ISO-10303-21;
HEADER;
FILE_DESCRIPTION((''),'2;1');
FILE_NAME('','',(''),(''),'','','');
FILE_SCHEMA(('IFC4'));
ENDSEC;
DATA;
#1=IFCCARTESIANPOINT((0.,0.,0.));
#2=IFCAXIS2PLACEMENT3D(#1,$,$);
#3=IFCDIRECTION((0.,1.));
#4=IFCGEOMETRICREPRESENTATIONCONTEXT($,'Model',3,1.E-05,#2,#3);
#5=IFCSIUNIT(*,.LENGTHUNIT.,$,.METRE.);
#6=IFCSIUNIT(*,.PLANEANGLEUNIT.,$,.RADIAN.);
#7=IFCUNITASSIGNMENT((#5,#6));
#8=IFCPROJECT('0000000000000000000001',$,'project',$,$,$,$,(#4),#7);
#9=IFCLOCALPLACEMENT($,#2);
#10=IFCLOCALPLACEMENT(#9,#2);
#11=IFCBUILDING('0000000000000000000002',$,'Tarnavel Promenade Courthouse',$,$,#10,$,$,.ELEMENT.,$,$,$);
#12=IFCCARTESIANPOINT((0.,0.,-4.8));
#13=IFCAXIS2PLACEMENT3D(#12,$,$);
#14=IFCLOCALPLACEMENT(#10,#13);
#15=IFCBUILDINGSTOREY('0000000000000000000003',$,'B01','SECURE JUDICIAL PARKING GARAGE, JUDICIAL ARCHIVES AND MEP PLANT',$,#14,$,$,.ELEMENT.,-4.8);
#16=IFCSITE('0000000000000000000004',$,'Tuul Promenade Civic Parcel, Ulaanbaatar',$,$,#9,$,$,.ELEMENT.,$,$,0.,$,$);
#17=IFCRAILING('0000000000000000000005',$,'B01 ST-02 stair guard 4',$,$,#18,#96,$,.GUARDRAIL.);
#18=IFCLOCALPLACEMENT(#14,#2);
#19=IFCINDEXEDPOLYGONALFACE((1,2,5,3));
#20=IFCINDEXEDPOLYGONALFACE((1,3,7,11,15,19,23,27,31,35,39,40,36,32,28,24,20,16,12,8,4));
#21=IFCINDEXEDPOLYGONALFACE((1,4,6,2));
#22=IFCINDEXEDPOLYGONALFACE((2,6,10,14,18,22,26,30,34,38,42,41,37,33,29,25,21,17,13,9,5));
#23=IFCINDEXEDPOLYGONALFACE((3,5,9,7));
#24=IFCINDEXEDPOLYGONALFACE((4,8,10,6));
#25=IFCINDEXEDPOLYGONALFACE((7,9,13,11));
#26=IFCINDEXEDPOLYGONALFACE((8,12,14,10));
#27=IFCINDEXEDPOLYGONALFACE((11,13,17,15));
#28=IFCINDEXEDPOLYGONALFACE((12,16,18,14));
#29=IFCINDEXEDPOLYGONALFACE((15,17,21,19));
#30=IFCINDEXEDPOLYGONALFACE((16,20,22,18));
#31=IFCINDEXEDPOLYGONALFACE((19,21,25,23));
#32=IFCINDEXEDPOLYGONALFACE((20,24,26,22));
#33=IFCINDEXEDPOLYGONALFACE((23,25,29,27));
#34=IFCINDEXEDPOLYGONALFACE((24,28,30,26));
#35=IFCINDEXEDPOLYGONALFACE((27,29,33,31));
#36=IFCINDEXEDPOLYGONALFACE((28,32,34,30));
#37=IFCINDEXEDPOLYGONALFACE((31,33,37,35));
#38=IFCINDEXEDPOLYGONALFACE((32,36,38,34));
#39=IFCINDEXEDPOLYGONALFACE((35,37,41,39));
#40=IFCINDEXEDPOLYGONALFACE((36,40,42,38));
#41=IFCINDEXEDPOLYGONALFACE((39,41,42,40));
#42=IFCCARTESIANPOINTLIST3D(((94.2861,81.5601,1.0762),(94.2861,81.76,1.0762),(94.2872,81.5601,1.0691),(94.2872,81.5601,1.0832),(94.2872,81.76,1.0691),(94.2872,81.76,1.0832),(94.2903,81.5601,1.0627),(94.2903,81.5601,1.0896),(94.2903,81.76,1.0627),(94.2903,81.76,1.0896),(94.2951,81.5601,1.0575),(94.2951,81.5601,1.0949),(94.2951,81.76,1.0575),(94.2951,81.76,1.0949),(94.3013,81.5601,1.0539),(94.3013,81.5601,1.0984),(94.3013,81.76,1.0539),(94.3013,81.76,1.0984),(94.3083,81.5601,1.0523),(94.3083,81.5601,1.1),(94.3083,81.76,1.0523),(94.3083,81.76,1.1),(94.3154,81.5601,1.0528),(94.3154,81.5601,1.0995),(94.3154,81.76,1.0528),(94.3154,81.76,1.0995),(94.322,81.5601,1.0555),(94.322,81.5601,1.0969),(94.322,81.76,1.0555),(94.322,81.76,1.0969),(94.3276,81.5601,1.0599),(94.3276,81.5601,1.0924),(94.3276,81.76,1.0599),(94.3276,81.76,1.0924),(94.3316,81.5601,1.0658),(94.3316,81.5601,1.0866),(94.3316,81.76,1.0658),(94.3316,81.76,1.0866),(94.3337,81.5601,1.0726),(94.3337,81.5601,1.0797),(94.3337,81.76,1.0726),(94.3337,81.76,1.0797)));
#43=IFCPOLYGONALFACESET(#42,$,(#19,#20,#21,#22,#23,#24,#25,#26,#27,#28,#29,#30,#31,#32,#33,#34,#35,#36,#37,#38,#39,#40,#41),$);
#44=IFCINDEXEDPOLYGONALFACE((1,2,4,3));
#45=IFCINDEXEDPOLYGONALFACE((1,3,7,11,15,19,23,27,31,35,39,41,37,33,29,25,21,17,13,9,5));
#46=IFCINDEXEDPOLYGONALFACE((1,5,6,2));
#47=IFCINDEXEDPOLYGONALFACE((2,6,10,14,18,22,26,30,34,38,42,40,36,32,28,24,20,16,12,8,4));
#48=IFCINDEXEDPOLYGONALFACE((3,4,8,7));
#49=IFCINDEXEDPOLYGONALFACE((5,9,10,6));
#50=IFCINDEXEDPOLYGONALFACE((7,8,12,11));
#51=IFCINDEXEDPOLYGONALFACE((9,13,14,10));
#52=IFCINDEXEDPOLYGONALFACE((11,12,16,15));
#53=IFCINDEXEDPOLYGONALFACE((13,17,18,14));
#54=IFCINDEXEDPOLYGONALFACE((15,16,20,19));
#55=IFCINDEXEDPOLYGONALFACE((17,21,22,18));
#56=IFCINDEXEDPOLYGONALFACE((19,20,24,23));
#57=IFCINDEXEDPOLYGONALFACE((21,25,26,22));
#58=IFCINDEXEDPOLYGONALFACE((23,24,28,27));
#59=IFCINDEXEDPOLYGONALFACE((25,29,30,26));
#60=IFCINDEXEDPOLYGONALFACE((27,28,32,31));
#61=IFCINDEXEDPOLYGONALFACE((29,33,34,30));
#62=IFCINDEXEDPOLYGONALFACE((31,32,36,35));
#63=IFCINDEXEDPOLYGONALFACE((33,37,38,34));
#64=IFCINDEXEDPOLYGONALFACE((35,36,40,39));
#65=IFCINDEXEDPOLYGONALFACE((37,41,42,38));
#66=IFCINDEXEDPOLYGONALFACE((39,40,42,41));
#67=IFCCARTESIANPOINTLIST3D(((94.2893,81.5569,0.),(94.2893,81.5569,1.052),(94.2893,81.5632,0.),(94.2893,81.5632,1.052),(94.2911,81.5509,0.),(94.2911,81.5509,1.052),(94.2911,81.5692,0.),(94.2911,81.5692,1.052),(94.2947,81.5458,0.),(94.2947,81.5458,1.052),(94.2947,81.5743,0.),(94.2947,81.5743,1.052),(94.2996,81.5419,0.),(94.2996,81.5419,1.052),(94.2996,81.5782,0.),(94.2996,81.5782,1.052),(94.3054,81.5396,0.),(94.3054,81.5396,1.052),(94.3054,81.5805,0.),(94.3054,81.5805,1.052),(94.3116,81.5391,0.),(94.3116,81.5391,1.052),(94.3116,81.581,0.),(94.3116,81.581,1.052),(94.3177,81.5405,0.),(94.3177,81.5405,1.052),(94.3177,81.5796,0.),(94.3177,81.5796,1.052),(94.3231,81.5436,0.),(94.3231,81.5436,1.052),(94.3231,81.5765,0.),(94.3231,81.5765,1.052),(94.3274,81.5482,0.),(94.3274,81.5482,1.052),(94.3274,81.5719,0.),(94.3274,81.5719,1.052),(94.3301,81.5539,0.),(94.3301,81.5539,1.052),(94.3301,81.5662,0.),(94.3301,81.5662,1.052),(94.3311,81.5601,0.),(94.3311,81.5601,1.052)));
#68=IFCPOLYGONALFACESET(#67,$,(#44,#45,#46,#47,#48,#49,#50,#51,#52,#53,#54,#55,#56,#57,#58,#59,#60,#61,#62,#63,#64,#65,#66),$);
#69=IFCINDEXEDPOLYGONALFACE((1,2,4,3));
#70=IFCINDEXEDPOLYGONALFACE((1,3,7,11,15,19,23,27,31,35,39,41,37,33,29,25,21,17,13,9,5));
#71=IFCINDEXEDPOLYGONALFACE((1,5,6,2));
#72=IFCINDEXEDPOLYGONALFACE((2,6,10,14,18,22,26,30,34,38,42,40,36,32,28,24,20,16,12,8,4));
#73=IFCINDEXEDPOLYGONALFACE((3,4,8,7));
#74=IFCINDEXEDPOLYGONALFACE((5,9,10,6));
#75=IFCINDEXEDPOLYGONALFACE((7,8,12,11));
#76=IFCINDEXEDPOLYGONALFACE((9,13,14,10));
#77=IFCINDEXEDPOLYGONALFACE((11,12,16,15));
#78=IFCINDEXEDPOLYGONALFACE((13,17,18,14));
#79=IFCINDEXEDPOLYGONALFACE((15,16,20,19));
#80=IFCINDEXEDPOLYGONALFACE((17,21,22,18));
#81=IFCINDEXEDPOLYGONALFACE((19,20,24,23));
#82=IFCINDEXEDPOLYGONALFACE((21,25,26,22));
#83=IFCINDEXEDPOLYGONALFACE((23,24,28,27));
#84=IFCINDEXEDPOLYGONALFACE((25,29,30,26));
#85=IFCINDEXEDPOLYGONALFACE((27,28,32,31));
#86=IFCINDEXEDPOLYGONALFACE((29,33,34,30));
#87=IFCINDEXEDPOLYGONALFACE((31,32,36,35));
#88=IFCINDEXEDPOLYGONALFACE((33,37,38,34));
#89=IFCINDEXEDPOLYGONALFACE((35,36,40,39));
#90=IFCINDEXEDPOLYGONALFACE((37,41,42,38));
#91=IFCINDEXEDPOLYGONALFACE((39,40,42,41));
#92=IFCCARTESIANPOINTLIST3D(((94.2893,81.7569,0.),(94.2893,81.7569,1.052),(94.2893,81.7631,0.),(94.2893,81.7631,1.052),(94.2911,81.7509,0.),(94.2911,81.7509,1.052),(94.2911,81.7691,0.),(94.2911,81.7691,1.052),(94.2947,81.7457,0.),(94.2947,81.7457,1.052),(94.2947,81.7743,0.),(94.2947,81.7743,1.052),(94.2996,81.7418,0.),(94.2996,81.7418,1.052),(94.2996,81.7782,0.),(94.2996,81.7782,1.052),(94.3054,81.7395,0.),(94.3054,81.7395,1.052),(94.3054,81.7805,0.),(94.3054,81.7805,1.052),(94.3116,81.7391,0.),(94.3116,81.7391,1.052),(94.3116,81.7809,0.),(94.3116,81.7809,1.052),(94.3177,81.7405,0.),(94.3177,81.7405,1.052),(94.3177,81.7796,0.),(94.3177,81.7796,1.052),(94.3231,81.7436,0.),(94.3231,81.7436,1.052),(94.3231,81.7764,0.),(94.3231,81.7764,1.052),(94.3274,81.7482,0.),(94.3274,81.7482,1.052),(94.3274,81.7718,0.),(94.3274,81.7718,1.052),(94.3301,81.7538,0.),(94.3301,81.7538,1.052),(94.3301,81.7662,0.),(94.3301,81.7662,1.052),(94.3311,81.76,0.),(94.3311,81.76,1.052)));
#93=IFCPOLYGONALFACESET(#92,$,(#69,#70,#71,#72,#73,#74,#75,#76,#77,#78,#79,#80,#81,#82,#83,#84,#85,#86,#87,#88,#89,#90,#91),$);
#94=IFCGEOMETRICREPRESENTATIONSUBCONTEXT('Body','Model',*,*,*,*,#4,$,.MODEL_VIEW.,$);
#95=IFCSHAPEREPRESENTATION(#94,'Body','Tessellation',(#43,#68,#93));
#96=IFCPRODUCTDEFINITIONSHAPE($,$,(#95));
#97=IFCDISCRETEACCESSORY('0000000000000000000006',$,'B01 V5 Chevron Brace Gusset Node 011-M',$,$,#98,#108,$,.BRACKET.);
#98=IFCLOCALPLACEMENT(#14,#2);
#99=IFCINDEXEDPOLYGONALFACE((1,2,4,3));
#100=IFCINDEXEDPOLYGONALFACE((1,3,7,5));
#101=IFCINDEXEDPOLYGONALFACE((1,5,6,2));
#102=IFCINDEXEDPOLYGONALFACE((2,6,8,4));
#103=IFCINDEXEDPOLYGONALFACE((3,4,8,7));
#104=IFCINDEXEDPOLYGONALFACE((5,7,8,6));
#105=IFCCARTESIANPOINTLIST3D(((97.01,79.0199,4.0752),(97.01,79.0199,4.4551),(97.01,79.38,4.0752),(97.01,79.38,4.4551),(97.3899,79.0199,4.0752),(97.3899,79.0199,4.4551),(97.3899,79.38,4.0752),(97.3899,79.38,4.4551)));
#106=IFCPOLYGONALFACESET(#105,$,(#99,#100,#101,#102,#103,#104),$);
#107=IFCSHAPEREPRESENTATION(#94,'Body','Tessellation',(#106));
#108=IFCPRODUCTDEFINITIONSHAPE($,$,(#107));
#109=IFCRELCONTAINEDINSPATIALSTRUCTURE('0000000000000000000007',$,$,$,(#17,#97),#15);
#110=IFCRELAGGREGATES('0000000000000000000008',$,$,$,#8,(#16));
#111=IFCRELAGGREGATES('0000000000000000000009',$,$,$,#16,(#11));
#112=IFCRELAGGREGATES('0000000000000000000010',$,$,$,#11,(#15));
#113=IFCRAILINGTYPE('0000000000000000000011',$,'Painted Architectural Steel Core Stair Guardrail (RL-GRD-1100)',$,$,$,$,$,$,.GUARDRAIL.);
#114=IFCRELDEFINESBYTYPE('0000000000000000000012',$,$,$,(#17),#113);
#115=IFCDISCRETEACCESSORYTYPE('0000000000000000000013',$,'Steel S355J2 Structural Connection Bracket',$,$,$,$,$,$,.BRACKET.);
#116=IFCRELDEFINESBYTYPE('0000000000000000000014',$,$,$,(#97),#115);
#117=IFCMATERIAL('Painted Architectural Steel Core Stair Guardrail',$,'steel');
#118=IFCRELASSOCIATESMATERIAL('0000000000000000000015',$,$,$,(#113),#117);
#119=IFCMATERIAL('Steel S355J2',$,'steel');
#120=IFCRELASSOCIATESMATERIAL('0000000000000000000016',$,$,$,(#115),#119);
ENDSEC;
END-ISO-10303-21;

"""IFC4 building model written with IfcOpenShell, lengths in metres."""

from ifc_helpers import new_model, si_unit, direction, frame, origin, origin_2d, place, context, subcontext, project, spatial, rectangle, circle, extrude, material, type_object, element, save


model = new_model("IFC4")

# Units and contexts
model_context = context("Model", 3, precision=1e-05, world=origin(), true_north=direction((0.0, 1.0)))
body_context = subcontext(model_context, "Body", "Model", "MODEL_VIEW")
ifc_project = project(units=[si_unit("LENGTHUNIT", "METRE"), si_unit("PLANEANGLEUNIT", "RADIAN")], contexts=[model_context])

# Site, building, storey
site_placement = place(None, origin())
site = spatial("IfcSite", under=ifc_project, at=site_placement, Name="Tuul Promenade Civic Parcel, Ulaanbaatar", CompositionType="ELEMENT", RefElevation=0.0)
building_placement = place(site_placement, origin())
building = spatial("IfcBuilding", under=site, at=building_placement, Name="Tarnavel Promenade Courthouse", CompositionType="ELEMENT")
storey_placement = place(building_placement, frame((0.0, 0.0, -4.8)))
storey = spatial("IfcBuildingStorey", under=building, at=storey_placement, Name="B01", Description="SECURE JUDICIAL PARKING GARAGE, JUDICIAL ARCHIVES AND MEP PLANT", CompositionType="ELEMENT", Elevation=-4.8)

# Shared definitions
ifc_material_1 = material(Name="Steel S355J2", Category="steel")

# Railing
ifc_material_2 = material(Name="Painted Architectural Steel Core Stair Guardrail", Category="steel")
railing_type_1 = type_object("IfcRailingType", Name="Painted Architectural Steel Core Stair Guardrail (RL-GRD-1100)", PredefinedType="GUARDRAIL", material=ifc_material_2)
railing_1_placement = place(storey_placement, frame((94.3101, 81.5601, 0.0)))
element("IfcRailing", 1, at=railing_1_placement, inside=storey, type_object=railing_type_1, Name="B01 ST-02 stair guard 4", PredefinedType="GUARDRAIL", context=body_context, shape_type="SweptSolid", body=[
    extrude(circle(Radius=0.0239, at=origin_2d()), frame((0.0, 0.0, 1.0762), z_axis=(0.0, 1.0, 0.0), x_axis=(-1.0, 0.0, 0.0)), (0.0, 0.0, 1.0), 0.2),
    extrude(circle(Radius=0.021, at=origin_2d()), origin(), (0.0, 0.0, 1.0), 1.052),
    extrude(circle(Radius=0.021, at=origin_2d()), frame((0.0, 0.2, 0.0)), (0.0, 0.0, 1.0), 1.052),
])

# Discrete accessory
discrete_accessory_type = type_object("IfcDiscreteAccessoryType", Name="Steel S355J2 Structural Connection Bracket", PredefinedType="BRACKET", material=ifc_material_1)
discrete_accessory_placement = place(storey_placement, frame((97.2, 79.2, 4.0752), z_axis=(0.0, 0.0, 1.0), x_axis=(1.0, 0.0, 0.0)))
element("IfcDiscreteAccessory", 2, at=discrete_accessory_placement, inside=storey, type_object=discrete_accessory_type, Name="B01 V5 Chevron Brace Gusset Node 011-M", PredefinedType="BRACKET", context=body_context, shape_type="SweptSolid", body=[
    extrude(rectangle(XDim=0.3799, YDim=0.3601, at=origin_2d()), origin(), (0.0, 0.0, 1.0), 0.3799),
])

save(model, "model.ifc")
